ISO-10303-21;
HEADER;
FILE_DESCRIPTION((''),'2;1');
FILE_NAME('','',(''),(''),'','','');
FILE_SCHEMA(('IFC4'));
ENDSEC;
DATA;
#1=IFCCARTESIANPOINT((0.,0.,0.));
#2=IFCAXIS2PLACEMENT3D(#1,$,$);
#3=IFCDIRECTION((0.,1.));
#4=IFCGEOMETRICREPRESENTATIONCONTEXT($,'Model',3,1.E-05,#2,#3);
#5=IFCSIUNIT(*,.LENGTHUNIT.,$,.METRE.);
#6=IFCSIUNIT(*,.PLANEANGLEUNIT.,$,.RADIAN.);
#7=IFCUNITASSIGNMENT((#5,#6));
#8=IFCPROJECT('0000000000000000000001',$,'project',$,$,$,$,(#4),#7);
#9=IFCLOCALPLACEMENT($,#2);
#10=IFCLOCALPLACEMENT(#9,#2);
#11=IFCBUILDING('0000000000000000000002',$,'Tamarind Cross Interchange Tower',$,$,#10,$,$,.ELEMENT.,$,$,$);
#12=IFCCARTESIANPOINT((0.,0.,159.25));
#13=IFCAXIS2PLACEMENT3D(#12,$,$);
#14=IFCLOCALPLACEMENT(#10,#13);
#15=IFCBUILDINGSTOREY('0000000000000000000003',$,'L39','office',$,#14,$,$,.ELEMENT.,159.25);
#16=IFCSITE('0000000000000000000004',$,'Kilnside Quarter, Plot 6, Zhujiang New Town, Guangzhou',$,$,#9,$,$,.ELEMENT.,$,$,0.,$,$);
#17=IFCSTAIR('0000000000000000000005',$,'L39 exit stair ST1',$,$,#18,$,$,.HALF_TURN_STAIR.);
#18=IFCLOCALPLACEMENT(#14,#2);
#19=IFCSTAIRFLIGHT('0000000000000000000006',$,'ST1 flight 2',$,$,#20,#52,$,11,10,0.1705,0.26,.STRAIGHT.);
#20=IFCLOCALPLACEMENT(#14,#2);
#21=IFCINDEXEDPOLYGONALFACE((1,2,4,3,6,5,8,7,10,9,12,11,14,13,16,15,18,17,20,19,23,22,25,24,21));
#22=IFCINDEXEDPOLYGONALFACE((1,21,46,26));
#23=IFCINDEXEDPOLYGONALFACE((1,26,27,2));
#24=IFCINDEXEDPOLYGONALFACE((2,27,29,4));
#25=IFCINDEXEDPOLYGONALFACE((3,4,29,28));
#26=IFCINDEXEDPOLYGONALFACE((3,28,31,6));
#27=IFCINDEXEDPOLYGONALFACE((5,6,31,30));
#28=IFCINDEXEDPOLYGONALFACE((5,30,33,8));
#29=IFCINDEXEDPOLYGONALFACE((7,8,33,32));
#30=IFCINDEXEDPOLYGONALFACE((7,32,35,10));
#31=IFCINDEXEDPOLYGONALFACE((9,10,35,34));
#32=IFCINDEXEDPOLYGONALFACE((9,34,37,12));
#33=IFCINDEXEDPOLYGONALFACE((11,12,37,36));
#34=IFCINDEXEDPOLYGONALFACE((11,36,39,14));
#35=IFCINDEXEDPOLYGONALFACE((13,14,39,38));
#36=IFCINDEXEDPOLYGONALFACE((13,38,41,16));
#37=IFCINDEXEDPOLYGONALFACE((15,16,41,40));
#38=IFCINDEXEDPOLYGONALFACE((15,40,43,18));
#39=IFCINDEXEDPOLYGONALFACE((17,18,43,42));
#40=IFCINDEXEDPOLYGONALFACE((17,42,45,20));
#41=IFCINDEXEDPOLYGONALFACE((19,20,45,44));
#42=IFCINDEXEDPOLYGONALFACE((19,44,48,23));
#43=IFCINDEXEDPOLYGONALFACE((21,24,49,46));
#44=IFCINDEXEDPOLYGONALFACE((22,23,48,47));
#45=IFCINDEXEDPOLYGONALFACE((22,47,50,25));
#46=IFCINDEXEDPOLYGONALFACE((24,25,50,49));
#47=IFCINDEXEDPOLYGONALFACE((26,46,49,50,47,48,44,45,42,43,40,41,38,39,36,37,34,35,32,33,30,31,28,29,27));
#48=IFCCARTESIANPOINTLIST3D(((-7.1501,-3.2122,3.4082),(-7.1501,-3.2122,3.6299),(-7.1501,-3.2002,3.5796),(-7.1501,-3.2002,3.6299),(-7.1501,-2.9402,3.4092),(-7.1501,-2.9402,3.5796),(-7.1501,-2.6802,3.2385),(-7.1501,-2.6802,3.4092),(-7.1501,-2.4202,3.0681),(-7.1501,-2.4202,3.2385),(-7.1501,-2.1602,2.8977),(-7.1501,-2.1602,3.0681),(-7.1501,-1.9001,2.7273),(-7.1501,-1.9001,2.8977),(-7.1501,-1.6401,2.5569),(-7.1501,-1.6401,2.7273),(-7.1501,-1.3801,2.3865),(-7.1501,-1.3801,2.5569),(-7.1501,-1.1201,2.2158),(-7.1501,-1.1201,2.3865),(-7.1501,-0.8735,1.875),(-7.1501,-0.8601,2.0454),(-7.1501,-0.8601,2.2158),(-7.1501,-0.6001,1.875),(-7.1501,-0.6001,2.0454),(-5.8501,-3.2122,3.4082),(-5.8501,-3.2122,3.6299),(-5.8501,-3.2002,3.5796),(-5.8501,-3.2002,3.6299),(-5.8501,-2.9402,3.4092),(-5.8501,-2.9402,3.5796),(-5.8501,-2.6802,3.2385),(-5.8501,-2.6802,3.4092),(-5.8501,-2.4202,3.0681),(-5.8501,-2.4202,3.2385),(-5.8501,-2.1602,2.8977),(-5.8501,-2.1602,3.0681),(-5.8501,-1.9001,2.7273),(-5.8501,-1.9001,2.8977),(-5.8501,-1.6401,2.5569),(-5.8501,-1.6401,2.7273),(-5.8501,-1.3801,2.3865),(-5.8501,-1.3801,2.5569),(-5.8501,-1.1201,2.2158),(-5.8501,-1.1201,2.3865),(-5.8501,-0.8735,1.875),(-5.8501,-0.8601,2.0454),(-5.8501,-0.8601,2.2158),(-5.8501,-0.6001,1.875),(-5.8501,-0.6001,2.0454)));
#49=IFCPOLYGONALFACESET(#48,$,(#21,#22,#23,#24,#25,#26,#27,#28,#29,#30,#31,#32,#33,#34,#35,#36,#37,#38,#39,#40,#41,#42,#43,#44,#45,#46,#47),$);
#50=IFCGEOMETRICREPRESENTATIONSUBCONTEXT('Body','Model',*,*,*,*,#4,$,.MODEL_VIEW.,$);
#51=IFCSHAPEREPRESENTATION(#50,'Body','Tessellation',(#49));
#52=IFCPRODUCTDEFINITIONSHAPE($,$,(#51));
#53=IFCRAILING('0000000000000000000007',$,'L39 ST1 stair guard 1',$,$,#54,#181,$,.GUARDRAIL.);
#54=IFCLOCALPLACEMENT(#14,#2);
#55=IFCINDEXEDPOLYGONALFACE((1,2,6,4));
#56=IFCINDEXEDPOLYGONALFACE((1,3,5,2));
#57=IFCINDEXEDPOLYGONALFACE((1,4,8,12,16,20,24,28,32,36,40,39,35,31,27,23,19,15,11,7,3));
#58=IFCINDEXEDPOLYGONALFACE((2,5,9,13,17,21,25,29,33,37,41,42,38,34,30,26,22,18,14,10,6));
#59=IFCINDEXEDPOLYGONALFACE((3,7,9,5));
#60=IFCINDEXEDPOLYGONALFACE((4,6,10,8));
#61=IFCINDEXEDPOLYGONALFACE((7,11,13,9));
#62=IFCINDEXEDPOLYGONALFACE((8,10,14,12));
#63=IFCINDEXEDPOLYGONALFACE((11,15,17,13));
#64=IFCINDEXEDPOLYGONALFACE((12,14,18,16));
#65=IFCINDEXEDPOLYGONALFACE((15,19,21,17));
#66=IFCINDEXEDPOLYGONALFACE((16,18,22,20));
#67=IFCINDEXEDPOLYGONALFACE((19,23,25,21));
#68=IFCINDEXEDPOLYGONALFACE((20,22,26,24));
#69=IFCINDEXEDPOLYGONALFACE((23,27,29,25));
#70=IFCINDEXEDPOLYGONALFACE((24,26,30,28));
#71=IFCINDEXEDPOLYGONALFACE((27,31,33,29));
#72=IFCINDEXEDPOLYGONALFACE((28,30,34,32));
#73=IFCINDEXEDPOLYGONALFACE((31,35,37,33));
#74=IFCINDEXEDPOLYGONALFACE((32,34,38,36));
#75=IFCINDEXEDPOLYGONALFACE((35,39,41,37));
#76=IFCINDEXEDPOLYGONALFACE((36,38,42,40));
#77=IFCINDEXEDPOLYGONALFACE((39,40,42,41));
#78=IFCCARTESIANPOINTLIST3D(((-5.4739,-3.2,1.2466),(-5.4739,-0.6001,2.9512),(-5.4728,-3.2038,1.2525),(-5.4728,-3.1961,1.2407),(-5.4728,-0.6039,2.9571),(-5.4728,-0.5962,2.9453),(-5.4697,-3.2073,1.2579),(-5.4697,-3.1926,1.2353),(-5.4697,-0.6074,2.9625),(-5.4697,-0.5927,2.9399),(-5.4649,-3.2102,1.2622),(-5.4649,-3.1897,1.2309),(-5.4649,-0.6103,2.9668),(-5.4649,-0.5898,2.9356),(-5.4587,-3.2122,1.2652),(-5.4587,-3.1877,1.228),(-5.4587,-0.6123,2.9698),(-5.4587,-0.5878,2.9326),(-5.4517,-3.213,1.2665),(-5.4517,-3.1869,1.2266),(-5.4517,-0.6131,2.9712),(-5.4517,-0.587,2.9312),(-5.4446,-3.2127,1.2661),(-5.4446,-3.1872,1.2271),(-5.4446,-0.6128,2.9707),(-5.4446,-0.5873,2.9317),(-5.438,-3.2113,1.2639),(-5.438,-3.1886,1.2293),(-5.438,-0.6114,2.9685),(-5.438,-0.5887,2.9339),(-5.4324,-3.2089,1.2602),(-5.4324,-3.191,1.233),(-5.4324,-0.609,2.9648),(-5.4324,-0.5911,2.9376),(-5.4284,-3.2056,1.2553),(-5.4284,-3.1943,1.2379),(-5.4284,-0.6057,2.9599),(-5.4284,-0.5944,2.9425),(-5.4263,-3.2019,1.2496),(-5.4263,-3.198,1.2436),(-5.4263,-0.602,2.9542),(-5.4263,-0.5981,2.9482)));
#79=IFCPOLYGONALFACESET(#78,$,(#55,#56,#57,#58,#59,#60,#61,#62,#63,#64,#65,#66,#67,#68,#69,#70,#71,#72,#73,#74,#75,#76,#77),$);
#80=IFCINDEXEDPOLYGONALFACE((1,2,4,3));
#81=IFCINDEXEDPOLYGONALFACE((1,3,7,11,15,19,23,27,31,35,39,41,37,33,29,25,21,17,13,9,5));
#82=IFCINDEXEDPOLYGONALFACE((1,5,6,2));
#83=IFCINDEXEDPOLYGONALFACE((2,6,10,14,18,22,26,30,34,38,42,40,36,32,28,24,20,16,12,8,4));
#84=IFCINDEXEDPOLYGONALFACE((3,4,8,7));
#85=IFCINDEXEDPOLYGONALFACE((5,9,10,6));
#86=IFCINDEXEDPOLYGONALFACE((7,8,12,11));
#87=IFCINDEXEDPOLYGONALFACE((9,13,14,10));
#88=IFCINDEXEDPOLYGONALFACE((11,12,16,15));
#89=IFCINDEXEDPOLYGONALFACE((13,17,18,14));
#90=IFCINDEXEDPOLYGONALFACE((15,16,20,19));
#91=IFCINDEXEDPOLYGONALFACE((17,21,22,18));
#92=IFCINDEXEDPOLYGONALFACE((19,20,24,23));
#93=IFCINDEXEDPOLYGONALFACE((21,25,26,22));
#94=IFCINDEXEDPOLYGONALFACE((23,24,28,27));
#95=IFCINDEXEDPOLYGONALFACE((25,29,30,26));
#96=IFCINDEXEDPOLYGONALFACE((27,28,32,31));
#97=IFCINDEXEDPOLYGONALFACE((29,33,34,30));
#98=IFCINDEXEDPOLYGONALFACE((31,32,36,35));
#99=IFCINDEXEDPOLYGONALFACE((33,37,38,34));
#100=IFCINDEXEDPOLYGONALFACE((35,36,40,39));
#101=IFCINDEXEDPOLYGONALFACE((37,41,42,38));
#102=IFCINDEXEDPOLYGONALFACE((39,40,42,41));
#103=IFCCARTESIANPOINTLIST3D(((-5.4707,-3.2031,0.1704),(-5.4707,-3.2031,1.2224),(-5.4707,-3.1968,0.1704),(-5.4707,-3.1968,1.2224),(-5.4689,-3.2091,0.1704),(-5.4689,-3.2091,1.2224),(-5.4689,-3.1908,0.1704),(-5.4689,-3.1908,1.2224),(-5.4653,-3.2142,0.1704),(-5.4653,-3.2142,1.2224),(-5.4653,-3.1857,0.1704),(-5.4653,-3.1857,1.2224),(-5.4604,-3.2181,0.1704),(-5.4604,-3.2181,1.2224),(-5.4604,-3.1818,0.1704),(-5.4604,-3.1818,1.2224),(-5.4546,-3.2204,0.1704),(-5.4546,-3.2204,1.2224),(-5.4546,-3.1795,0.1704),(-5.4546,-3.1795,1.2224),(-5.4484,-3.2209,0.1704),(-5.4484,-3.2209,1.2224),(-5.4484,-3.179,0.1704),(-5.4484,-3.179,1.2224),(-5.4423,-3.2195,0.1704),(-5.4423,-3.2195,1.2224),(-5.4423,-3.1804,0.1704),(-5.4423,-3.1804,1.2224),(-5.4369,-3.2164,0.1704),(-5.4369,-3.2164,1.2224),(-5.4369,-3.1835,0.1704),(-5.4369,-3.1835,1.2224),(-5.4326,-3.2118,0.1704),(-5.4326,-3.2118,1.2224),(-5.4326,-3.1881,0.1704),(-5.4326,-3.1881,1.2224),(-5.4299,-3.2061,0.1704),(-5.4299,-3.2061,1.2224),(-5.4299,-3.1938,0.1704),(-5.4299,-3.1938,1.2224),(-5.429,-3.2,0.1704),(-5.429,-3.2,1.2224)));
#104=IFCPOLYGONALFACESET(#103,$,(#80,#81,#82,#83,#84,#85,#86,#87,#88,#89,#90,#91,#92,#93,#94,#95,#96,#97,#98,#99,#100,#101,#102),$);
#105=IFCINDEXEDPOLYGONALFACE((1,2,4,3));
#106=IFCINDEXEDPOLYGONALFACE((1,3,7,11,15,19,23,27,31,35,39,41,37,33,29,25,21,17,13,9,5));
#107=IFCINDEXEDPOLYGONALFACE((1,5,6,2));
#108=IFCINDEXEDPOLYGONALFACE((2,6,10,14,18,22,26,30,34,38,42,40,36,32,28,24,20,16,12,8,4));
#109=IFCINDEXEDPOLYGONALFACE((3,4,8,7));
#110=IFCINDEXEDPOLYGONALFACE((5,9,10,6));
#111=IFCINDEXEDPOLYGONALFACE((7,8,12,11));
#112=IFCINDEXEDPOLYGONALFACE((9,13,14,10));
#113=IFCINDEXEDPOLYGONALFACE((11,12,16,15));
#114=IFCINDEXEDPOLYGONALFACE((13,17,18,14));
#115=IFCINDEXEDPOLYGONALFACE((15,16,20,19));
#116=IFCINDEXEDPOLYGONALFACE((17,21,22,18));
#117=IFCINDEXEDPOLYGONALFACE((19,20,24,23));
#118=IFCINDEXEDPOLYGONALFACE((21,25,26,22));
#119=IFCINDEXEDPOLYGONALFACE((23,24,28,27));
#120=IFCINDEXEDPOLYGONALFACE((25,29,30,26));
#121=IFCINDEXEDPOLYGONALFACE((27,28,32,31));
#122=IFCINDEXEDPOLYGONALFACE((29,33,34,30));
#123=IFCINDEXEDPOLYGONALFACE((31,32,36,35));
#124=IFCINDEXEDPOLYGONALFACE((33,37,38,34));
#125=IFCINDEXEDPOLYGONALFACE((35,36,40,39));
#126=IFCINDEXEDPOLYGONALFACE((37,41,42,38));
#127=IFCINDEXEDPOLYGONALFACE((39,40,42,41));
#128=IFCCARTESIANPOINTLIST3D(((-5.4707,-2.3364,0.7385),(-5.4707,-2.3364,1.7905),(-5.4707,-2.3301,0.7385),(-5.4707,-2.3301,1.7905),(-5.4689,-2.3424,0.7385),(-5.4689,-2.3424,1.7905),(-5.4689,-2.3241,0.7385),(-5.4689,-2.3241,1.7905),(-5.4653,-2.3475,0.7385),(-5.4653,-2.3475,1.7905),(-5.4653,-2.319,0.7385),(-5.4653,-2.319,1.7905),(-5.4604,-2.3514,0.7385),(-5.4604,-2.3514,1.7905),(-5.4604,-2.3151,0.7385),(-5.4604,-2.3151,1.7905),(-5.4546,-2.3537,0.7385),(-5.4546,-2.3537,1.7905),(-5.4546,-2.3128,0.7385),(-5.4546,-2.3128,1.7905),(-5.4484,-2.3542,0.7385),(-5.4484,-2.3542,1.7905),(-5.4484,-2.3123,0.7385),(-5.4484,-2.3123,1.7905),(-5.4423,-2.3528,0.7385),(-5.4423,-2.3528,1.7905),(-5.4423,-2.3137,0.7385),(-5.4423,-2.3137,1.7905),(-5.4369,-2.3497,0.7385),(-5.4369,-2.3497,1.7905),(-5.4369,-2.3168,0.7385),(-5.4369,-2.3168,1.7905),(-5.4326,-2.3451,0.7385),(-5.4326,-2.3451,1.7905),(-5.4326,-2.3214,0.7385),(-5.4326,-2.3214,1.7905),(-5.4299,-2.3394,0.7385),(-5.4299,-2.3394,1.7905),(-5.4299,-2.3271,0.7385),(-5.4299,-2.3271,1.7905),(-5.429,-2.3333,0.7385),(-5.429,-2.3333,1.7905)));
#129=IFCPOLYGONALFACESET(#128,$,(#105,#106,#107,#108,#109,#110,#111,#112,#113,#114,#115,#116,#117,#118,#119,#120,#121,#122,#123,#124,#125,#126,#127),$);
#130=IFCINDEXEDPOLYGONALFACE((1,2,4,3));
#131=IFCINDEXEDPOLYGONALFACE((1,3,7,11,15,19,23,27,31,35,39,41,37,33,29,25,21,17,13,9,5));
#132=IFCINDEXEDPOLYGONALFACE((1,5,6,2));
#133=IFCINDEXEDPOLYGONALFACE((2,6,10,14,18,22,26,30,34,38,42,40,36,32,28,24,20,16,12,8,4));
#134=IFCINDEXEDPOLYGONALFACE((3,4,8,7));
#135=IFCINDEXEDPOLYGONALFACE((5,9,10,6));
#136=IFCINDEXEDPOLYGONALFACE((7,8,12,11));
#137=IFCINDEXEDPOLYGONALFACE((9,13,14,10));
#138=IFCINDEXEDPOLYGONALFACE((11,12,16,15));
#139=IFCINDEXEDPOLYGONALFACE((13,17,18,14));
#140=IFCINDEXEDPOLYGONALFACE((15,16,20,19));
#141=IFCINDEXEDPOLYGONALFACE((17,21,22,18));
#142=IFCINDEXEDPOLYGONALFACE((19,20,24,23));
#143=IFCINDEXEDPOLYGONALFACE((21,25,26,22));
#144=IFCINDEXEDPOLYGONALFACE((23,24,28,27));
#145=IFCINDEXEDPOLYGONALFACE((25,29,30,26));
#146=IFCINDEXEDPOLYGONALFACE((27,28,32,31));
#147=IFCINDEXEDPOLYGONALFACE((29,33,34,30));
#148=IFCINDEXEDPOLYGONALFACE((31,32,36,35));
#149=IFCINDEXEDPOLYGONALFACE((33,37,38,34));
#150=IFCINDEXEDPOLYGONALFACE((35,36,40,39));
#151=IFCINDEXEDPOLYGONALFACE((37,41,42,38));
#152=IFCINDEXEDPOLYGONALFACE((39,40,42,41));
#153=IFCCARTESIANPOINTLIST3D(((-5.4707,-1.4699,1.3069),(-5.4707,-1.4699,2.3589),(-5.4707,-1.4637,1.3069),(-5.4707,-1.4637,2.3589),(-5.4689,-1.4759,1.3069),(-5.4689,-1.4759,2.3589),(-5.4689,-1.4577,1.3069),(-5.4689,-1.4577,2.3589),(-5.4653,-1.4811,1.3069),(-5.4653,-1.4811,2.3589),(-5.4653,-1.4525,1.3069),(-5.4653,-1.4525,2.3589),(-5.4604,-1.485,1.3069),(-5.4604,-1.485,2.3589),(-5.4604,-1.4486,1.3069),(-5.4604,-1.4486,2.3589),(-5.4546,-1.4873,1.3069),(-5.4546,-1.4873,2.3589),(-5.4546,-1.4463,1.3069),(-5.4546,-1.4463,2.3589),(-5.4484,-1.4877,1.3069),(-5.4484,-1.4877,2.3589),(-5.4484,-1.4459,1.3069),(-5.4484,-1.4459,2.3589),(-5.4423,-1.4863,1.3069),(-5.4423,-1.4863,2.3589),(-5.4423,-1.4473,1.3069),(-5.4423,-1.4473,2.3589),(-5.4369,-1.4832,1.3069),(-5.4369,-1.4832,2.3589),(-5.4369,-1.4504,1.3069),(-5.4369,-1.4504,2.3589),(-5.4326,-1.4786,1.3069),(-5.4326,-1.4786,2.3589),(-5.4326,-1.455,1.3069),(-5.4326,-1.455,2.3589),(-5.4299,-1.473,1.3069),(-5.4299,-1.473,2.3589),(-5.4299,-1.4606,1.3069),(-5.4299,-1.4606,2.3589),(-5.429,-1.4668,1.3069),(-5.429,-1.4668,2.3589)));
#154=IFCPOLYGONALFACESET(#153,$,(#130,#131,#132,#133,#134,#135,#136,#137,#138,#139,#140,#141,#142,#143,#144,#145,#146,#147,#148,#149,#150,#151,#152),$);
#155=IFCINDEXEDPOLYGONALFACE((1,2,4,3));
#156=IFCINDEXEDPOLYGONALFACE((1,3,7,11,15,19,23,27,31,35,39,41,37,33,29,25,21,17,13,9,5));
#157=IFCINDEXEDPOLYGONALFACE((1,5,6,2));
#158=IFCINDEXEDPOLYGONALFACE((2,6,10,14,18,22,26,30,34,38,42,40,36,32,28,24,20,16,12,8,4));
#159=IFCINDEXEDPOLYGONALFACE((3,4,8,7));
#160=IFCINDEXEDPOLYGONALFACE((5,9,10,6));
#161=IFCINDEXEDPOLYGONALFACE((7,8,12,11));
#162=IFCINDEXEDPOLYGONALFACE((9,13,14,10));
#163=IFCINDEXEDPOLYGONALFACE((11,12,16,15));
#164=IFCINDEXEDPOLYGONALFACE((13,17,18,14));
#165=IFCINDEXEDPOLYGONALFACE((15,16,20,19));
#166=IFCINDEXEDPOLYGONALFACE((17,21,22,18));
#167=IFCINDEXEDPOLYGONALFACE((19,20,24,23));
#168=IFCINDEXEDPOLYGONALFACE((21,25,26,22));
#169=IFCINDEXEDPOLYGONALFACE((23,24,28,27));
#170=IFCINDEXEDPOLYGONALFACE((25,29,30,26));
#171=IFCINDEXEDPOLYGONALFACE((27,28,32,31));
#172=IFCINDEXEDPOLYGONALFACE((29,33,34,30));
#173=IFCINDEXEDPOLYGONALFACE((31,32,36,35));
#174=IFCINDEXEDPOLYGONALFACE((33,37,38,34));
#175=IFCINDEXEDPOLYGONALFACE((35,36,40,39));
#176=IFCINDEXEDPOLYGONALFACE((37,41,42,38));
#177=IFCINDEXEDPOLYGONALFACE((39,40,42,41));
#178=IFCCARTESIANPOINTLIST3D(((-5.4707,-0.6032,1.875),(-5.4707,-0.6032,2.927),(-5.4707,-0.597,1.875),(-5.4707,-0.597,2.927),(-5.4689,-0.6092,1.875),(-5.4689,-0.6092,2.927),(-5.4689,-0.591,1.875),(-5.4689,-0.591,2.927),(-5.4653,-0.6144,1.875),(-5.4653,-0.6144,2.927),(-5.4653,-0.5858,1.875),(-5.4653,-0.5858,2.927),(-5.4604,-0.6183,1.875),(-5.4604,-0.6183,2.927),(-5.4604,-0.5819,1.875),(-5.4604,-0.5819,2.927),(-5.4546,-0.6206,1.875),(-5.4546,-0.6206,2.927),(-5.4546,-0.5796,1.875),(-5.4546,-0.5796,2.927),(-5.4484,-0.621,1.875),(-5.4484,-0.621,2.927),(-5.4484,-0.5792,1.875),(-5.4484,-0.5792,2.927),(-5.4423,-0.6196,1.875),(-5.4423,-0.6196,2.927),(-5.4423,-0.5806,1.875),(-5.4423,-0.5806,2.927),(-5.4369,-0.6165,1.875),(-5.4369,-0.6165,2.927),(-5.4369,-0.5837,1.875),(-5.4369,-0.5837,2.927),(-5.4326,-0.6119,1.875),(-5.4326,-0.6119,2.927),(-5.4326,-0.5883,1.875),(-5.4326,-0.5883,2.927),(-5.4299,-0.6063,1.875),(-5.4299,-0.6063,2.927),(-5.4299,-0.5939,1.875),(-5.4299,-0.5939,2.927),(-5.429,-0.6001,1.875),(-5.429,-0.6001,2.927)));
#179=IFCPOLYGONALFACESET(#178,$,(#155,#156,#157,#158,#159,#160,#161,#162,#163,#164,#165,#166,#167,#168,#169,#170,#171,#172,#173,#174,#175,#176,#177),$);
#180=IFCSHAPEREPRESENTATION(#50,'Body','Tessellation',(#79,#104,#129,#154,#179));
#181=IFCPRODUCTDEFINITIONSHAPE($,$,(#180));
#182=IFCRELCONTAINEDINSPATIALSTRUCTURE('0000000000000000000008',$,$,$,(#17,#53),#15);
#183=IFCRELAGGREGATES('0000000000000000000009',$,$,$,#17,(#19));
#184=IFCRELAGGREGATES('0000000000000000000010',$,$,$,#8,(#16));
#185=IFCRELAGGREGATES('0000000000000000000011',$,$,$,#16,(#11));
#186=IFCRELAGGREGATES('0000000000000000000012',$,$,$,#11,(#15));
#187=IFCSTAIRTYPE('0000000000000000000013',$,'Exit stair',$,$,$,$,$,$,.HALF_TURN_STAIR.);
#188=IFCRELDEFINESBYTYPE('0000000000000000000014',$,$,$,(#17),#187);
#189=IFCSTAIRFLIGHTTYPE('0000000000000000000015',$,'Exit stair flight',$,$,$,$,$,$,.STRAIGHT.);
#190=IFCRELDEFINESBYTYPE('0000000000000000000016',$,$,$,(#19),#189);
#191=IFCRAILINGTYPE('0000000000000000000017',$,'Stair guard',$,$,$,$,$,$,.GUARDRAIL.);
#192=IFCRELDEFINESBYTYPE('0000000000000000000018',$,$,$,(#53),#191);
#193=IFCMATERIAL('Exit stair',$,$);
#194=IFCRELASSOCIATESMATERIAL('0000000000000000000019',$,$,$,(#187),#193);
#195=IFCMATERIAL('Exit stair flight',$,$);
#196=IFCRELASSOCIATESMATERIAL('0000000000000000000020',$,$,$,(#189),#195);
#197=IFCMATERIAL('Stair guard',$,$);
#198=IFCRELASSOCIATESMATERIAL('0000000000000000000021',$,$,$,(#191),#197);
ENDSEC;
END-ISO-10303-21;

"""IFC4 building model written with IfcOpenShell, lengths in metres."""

from ifc_helpers import new_model, si_unit, direction, frame, origin, origin_2d, place, context, subcontext, project, spatial, polyline, circle, outline, extrude, material, type_object, element, aggregate, save


model = new_model("IFC4")

# Units and contexts
model_context = context("Model", 3, precision=1e-05, world=origin(), true_north=direction((0.0, 1.0)))
body_context = subcontext(model_context, "Body", "Model", "MODEL_VIEW")
ifc_project = project(units=[si_unit("LENGTHUNIT", "METRE"), si_unit("PLANEANGLEUNIT", "RADIAN")], contexts=[model_context])

# Site, building, storey
site_placement = place(None, origin())
site = spatial("IfcSite", under=ifc_project, at=site_placement, Name="Kilnside Quarter, Plot 6, Zhujiang New Town, Guangzhou", CompositionType="ELEMENT", RefElevation=0.0)
building_placement = place(site_placement, origin())
building = spatial("IfcBuilding", under=site, at=building_placement, Name="Tamarind Cross Interchange Tower", CompositionType="ELEMENT")
storey_placement = place(building_placement, frame((0.0, 0.0, 159.25)))
storey = spatial("IfcBuildingStorey", under=building, at=storey_placement, Name="L39", Description="office", CompositionType="ELEMENT", Elevation=159.25)

# Stair, stair flight
ifc_material_1 = material(Name="Exit stair")
stair_type = type_object("IfcStairType", Name="Exit stair", PredefinedType="HALF_TURN_STAIR", material=ifc_material_1)
stair_placement = place(storey_placement, origin())
stair = element("IfcStair", 1, at=stair_placement, inside=storey, type_object=stair_type, Name="L39 exit stair ST1", PredefinedType="HALF_TURN_STAIR")
ifc_material_2 = material(Name="Exit stair flight")
stair_flight_type = type_object("IfcStairFlightType", Name="Exit stair flight", PredefinedType="STRAIGHT", material=ifc_material_2)
stair_flight_1_placement = place(storey_placement, frame((-6.5, -0.6001, 1.875), z_axis=(0.0, 0.0, 1.0), x_axis=(0.0, -1.0, 0.0)))
stair_flight_1 = element("IfcStairFlight", 2, at=stair_flight_1_placement, type_object=stair_flight_type, Name="ST1 flight 2", NumberOfRisers=11, NumberOfTreads=10, PredefinedType="STRAIGHT", RiserHeight=0.1705, TreadLength=0.26, context=body_context, shape_type="SweptSolid", body=[
    extrude(outline(polyline([(0.0, 0.0), (0.0, 0.1704), (0.26, 0.1704), (0.26, 0.3408), (0.52, 0.3408), (0.52, 0.5115), (0.78, 0.5115), (0.78, 0.6819), (1.04, 0.6819), (1.04, 0.8523), (1.3, 0.8523), (1.3, 1.0227), (1.5601, 1.0227), (1.5601, 1.1931), (1.8201, 1.1931), (1.8201, 1.3635), (2.0801, 1.3635), (2.0801, 1.5342), (2.3401, 1.5342), (2.3401, 1.7046), (2.6001, 1.7046), (2.6001, 1.7549), (2.6121, 1.7549), (2.6121, 1.5332), (0.2734, 0.0), (0.0, 0.0)])), frame((0.0, 0.6499, 0.0), z_axis=(0.0, -1.0, 0.0), x_axis=(1.0, 0.0, 0.0)), (0.0, 0.0, 1.0), 1.3),
])
aggregate(stair, [stair_flight_1])

# Railing
ifc_material_3 = material(Name="Stair guard")
railing_type_1 = type_object("IfcRailingType", Name="Stair guard", PredefinedType="GUARDRAIL", material=ifc_material_3)
railing_1_placement = place(storey_placement, frame((-5.45, -3.2, 0.1704)))
element("IfcRailing", 3, at=railing_1_placement, inside=storey, type_object=railing_type_1, Name="L39 ST1 stair guard 1", PredefinedType="GUARDRAIL", context=body_context, shape_type="SweptSolid", body=[
    extrude(circle(Radius=0.0239, at=origin_2d()), frame((0.0, 0.0, 1.0762), z_axis=(0.0, 0.836279, 0.548305), x_axis=(-1.0, 0.0, 0.0)), (0.0, 0.0, 1.0), 3.1089),
    extrude(circle(Radius=0.021, at=origin_2d()), origin(), (0.0, 0.0, 1.0), 1.052),
    extrude(circle(Radius=0.021, at=origin_2d()), frame((0.0, 0.8667, 0.5681)), (0.0, 0.0, 1.0), 1.052),
    extrude(circle(Radius=0.021, at=origin_2d()), frame((0.0, 1.7332, 1.1365)), (0.0, 0.0, 1.0), 1.052),
    extrude(circle(Radius=0.021, at=origin_2d()), frame((0.0, 2.5999, 1.7046)), (0.0, 0.0, 1.0), 1.052),
])

save(model, "model.ifc")
